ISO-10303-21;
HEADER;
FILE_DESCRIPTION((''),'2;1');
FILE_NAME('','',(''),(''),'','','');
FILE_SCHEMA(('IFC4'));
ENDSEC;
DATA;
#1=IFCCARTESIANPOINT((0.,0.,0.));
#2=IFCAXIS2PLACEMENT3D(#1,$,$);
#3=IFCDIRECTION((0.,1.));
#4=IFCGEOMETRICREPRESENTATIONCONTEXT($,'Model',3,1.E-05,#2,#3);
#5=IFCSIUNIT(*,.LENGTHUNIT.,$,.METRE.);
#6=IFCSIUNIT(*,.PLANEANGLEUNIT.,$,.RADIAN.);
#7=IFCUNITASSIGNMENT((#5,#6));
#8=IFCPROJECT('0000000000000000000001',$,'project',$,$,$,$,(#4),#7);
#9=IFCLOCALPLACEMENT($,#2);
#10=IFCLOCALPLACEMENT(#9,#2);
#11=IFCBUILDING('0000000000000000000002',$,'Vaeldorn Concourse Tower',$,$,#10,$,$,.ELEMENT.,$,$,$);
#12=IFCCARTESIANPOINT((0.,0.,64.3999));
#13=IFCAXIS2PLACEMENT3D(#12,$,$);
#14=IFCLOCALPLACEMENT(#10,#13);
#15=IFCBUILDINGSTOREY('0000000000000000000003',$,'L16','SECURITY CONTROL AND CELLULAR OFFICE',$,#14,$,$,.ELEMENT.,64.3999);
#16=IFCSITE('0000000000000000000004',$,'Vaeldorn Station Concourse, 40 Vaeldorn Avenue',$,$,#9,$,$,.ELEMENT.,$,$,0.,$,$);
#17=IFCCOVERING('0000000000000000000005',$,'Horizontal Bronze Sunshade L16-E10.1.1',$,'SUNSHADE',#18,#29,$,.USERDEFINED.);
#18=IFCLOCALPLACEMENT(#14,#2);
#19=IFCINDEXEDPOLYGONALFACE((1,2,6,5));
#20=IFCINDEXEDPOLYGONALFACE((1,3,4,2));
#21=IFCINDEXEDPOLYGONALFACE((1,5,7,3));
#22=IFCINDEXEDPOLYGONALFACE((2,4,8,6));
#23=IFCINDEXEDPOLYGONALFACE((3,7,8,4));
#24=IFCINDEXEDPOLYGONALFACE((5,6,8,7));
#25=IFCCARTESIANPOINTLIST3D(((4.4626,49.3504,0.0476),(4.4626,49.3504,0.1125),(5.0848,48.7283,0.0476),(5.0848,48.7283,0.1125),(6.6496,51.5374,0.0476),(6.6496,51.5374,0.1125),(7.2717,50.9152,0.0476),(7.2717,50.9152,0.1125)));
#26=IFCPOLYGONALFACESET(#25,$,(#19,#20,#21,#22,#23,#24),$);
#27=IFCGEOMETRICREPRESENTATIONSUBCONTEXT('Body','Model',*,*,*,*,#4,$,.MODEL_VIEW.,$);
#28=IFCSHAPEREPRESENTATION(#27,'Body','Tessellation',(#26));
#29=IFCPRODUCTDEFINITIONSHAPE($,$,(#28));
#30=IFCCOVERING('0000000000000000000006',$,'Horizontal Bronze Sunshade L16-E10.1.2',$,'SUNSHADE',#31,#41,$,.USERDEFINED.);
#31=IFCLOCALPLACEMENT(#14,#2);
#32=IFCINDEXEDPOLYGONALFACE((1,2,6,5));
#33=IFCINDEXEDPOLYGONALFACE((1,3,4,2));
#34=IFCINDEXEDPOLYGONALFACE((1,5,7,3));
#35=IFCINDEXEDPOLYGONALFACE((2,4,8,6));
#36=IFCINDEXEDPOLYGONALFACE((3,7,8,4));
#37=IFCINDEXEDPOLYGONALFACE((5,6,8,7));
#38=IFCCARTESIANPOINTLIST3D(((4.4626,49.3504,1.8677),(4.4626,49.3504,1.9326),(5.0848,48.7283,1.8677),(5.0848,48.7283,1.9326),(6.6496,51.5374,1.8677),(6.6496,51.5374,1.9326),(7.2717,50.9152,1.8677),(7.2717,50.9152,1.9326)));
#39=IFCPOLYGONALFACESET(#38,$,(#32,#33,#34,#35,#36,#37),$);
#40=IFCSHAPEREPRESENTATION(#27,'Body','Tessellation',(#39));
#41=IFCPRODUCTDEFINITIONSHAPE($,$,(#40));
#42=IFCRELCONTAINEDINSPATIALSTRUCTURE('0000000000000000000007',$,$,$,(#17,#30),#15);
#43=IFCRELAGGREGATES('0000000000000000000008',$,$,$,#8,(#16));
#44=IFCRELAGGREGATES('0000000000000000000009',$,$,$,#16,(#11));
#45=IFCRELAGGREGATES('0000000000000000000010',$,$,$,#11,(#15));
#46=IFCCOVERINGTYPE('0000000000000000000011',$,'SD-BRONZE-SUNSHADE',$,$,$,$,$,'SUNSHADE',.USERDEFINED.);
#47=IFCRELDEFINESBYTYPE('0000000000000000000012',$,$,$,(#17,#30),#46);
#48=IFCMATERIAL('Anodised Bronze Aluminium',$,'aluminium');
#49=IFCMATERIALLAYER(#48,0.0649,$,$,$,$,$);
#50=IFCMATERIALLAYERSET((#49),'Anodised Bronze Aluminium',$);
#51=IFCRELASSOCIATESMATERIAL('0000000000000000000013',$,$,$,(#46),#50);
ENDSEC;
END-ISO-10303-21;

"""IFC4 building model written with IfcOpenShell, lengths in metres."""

from ifc_helpers import new_model, si_unit, direction, frame, origin, origin_2d, place, context, subcontext, project, spatial, rectangle, extrude, source, transform, mapped, material, layer, layer_set, type_object, element, save


model = new_model("IFC4")

# Units and contexts
model_context = context("Model", 3, precision=1e-05, world=origin(), true_north=direction((0.0, 1.0)))
body_context = subcontext(model_context, "Body", "Model", "MODEL_VIEW")
ifc_project = project(units=[si_unit("LENGTHUNIT", "METRE"), si_unit("PLANEANGLEUNIT", "RADIAN")], contexts=[model_context])

# Site, building, storey
site_placement = place(None, origin())
site = spatial("IfcSite", under=ifc_project, at=site_placement, Name="Vaeldorn Station Concourse, 40 Vaeldorn Avenue", CompositionType="ELEMENT", RefElevation=0.0)
building_placement = place(site_placement, origin())
building = spatial("IfcBuilding", under=site, at=building_placement, Name="Vaeldorn Concourse Tower", CompositionType="ELEMENT")
storey_placement = place(building_placement, frame((0.0, 0.0, 64.3999)))
storey = spatial("IfcBuildingStorey", under=building, at=storey_placement, Name="L16", Description="SECURITY CONTROL AND CELLULAR OFFICE", CompositionType="ELEMENT", Elevation=64.3999)

# Shared definitions
ifc_material_1 = material(Name="Anodised Bronze Aluminium", Category="aluminium")

# Coverings
ifc_layer_1 = layer(ifc_material_1, 0.0649)
ifc_layer_set_1 = layer_set([ifc_layer_1], Name="Anodised Bronze Aluminium")
covering_type = type_object("IfcCoveringType", Name="SD-BRONZE-SUNSHADE", ElementType="SUNSHADE", PredefinedType="USERDEFINED", material=ifc_layer_set_1)
shared_shape_1 = source(origin(), body_context, "Body", "SweptSolid", [
    extrude(rectangle(XDim=3.0928, YDim=0.8799, at=origin_2d()), origin(), (0.0, 0.0, 1.0), 0.0649),
])
for number, where, z_axis, x_axis, name in (
    (1, (5.8672, 50.1328, 0.0476), (0.0, 0.0, 1.0), (-0.707107, -0.707107, 0.0), "Horizontal Bronze Sunshade L16-E10.1.1"),
    (2, (5.8672, 50.1328, 1.8677), (0.0, 0.0, 1.0), (-0.707107, -0.707107, 0.0), "Horizontal Bronze Sunshade L16-E10.1.2"),
):
    element("IfcCovering", number, at=place(storey_placement, frame(where, z_axis=z_axis, x_axis=x_axis)), inside=storey, type_object=covering_type, Name=name, ObjectType="SUNSHADE", PredefinedType="USERDEFINED", context=body_context, shape_type="MappedRepresentation", body=[
        mapped(shared_shape_1, transform((0.0, 0.0, 0.0), scale=1.0)),
    ])

save(model, "model.ifc")
